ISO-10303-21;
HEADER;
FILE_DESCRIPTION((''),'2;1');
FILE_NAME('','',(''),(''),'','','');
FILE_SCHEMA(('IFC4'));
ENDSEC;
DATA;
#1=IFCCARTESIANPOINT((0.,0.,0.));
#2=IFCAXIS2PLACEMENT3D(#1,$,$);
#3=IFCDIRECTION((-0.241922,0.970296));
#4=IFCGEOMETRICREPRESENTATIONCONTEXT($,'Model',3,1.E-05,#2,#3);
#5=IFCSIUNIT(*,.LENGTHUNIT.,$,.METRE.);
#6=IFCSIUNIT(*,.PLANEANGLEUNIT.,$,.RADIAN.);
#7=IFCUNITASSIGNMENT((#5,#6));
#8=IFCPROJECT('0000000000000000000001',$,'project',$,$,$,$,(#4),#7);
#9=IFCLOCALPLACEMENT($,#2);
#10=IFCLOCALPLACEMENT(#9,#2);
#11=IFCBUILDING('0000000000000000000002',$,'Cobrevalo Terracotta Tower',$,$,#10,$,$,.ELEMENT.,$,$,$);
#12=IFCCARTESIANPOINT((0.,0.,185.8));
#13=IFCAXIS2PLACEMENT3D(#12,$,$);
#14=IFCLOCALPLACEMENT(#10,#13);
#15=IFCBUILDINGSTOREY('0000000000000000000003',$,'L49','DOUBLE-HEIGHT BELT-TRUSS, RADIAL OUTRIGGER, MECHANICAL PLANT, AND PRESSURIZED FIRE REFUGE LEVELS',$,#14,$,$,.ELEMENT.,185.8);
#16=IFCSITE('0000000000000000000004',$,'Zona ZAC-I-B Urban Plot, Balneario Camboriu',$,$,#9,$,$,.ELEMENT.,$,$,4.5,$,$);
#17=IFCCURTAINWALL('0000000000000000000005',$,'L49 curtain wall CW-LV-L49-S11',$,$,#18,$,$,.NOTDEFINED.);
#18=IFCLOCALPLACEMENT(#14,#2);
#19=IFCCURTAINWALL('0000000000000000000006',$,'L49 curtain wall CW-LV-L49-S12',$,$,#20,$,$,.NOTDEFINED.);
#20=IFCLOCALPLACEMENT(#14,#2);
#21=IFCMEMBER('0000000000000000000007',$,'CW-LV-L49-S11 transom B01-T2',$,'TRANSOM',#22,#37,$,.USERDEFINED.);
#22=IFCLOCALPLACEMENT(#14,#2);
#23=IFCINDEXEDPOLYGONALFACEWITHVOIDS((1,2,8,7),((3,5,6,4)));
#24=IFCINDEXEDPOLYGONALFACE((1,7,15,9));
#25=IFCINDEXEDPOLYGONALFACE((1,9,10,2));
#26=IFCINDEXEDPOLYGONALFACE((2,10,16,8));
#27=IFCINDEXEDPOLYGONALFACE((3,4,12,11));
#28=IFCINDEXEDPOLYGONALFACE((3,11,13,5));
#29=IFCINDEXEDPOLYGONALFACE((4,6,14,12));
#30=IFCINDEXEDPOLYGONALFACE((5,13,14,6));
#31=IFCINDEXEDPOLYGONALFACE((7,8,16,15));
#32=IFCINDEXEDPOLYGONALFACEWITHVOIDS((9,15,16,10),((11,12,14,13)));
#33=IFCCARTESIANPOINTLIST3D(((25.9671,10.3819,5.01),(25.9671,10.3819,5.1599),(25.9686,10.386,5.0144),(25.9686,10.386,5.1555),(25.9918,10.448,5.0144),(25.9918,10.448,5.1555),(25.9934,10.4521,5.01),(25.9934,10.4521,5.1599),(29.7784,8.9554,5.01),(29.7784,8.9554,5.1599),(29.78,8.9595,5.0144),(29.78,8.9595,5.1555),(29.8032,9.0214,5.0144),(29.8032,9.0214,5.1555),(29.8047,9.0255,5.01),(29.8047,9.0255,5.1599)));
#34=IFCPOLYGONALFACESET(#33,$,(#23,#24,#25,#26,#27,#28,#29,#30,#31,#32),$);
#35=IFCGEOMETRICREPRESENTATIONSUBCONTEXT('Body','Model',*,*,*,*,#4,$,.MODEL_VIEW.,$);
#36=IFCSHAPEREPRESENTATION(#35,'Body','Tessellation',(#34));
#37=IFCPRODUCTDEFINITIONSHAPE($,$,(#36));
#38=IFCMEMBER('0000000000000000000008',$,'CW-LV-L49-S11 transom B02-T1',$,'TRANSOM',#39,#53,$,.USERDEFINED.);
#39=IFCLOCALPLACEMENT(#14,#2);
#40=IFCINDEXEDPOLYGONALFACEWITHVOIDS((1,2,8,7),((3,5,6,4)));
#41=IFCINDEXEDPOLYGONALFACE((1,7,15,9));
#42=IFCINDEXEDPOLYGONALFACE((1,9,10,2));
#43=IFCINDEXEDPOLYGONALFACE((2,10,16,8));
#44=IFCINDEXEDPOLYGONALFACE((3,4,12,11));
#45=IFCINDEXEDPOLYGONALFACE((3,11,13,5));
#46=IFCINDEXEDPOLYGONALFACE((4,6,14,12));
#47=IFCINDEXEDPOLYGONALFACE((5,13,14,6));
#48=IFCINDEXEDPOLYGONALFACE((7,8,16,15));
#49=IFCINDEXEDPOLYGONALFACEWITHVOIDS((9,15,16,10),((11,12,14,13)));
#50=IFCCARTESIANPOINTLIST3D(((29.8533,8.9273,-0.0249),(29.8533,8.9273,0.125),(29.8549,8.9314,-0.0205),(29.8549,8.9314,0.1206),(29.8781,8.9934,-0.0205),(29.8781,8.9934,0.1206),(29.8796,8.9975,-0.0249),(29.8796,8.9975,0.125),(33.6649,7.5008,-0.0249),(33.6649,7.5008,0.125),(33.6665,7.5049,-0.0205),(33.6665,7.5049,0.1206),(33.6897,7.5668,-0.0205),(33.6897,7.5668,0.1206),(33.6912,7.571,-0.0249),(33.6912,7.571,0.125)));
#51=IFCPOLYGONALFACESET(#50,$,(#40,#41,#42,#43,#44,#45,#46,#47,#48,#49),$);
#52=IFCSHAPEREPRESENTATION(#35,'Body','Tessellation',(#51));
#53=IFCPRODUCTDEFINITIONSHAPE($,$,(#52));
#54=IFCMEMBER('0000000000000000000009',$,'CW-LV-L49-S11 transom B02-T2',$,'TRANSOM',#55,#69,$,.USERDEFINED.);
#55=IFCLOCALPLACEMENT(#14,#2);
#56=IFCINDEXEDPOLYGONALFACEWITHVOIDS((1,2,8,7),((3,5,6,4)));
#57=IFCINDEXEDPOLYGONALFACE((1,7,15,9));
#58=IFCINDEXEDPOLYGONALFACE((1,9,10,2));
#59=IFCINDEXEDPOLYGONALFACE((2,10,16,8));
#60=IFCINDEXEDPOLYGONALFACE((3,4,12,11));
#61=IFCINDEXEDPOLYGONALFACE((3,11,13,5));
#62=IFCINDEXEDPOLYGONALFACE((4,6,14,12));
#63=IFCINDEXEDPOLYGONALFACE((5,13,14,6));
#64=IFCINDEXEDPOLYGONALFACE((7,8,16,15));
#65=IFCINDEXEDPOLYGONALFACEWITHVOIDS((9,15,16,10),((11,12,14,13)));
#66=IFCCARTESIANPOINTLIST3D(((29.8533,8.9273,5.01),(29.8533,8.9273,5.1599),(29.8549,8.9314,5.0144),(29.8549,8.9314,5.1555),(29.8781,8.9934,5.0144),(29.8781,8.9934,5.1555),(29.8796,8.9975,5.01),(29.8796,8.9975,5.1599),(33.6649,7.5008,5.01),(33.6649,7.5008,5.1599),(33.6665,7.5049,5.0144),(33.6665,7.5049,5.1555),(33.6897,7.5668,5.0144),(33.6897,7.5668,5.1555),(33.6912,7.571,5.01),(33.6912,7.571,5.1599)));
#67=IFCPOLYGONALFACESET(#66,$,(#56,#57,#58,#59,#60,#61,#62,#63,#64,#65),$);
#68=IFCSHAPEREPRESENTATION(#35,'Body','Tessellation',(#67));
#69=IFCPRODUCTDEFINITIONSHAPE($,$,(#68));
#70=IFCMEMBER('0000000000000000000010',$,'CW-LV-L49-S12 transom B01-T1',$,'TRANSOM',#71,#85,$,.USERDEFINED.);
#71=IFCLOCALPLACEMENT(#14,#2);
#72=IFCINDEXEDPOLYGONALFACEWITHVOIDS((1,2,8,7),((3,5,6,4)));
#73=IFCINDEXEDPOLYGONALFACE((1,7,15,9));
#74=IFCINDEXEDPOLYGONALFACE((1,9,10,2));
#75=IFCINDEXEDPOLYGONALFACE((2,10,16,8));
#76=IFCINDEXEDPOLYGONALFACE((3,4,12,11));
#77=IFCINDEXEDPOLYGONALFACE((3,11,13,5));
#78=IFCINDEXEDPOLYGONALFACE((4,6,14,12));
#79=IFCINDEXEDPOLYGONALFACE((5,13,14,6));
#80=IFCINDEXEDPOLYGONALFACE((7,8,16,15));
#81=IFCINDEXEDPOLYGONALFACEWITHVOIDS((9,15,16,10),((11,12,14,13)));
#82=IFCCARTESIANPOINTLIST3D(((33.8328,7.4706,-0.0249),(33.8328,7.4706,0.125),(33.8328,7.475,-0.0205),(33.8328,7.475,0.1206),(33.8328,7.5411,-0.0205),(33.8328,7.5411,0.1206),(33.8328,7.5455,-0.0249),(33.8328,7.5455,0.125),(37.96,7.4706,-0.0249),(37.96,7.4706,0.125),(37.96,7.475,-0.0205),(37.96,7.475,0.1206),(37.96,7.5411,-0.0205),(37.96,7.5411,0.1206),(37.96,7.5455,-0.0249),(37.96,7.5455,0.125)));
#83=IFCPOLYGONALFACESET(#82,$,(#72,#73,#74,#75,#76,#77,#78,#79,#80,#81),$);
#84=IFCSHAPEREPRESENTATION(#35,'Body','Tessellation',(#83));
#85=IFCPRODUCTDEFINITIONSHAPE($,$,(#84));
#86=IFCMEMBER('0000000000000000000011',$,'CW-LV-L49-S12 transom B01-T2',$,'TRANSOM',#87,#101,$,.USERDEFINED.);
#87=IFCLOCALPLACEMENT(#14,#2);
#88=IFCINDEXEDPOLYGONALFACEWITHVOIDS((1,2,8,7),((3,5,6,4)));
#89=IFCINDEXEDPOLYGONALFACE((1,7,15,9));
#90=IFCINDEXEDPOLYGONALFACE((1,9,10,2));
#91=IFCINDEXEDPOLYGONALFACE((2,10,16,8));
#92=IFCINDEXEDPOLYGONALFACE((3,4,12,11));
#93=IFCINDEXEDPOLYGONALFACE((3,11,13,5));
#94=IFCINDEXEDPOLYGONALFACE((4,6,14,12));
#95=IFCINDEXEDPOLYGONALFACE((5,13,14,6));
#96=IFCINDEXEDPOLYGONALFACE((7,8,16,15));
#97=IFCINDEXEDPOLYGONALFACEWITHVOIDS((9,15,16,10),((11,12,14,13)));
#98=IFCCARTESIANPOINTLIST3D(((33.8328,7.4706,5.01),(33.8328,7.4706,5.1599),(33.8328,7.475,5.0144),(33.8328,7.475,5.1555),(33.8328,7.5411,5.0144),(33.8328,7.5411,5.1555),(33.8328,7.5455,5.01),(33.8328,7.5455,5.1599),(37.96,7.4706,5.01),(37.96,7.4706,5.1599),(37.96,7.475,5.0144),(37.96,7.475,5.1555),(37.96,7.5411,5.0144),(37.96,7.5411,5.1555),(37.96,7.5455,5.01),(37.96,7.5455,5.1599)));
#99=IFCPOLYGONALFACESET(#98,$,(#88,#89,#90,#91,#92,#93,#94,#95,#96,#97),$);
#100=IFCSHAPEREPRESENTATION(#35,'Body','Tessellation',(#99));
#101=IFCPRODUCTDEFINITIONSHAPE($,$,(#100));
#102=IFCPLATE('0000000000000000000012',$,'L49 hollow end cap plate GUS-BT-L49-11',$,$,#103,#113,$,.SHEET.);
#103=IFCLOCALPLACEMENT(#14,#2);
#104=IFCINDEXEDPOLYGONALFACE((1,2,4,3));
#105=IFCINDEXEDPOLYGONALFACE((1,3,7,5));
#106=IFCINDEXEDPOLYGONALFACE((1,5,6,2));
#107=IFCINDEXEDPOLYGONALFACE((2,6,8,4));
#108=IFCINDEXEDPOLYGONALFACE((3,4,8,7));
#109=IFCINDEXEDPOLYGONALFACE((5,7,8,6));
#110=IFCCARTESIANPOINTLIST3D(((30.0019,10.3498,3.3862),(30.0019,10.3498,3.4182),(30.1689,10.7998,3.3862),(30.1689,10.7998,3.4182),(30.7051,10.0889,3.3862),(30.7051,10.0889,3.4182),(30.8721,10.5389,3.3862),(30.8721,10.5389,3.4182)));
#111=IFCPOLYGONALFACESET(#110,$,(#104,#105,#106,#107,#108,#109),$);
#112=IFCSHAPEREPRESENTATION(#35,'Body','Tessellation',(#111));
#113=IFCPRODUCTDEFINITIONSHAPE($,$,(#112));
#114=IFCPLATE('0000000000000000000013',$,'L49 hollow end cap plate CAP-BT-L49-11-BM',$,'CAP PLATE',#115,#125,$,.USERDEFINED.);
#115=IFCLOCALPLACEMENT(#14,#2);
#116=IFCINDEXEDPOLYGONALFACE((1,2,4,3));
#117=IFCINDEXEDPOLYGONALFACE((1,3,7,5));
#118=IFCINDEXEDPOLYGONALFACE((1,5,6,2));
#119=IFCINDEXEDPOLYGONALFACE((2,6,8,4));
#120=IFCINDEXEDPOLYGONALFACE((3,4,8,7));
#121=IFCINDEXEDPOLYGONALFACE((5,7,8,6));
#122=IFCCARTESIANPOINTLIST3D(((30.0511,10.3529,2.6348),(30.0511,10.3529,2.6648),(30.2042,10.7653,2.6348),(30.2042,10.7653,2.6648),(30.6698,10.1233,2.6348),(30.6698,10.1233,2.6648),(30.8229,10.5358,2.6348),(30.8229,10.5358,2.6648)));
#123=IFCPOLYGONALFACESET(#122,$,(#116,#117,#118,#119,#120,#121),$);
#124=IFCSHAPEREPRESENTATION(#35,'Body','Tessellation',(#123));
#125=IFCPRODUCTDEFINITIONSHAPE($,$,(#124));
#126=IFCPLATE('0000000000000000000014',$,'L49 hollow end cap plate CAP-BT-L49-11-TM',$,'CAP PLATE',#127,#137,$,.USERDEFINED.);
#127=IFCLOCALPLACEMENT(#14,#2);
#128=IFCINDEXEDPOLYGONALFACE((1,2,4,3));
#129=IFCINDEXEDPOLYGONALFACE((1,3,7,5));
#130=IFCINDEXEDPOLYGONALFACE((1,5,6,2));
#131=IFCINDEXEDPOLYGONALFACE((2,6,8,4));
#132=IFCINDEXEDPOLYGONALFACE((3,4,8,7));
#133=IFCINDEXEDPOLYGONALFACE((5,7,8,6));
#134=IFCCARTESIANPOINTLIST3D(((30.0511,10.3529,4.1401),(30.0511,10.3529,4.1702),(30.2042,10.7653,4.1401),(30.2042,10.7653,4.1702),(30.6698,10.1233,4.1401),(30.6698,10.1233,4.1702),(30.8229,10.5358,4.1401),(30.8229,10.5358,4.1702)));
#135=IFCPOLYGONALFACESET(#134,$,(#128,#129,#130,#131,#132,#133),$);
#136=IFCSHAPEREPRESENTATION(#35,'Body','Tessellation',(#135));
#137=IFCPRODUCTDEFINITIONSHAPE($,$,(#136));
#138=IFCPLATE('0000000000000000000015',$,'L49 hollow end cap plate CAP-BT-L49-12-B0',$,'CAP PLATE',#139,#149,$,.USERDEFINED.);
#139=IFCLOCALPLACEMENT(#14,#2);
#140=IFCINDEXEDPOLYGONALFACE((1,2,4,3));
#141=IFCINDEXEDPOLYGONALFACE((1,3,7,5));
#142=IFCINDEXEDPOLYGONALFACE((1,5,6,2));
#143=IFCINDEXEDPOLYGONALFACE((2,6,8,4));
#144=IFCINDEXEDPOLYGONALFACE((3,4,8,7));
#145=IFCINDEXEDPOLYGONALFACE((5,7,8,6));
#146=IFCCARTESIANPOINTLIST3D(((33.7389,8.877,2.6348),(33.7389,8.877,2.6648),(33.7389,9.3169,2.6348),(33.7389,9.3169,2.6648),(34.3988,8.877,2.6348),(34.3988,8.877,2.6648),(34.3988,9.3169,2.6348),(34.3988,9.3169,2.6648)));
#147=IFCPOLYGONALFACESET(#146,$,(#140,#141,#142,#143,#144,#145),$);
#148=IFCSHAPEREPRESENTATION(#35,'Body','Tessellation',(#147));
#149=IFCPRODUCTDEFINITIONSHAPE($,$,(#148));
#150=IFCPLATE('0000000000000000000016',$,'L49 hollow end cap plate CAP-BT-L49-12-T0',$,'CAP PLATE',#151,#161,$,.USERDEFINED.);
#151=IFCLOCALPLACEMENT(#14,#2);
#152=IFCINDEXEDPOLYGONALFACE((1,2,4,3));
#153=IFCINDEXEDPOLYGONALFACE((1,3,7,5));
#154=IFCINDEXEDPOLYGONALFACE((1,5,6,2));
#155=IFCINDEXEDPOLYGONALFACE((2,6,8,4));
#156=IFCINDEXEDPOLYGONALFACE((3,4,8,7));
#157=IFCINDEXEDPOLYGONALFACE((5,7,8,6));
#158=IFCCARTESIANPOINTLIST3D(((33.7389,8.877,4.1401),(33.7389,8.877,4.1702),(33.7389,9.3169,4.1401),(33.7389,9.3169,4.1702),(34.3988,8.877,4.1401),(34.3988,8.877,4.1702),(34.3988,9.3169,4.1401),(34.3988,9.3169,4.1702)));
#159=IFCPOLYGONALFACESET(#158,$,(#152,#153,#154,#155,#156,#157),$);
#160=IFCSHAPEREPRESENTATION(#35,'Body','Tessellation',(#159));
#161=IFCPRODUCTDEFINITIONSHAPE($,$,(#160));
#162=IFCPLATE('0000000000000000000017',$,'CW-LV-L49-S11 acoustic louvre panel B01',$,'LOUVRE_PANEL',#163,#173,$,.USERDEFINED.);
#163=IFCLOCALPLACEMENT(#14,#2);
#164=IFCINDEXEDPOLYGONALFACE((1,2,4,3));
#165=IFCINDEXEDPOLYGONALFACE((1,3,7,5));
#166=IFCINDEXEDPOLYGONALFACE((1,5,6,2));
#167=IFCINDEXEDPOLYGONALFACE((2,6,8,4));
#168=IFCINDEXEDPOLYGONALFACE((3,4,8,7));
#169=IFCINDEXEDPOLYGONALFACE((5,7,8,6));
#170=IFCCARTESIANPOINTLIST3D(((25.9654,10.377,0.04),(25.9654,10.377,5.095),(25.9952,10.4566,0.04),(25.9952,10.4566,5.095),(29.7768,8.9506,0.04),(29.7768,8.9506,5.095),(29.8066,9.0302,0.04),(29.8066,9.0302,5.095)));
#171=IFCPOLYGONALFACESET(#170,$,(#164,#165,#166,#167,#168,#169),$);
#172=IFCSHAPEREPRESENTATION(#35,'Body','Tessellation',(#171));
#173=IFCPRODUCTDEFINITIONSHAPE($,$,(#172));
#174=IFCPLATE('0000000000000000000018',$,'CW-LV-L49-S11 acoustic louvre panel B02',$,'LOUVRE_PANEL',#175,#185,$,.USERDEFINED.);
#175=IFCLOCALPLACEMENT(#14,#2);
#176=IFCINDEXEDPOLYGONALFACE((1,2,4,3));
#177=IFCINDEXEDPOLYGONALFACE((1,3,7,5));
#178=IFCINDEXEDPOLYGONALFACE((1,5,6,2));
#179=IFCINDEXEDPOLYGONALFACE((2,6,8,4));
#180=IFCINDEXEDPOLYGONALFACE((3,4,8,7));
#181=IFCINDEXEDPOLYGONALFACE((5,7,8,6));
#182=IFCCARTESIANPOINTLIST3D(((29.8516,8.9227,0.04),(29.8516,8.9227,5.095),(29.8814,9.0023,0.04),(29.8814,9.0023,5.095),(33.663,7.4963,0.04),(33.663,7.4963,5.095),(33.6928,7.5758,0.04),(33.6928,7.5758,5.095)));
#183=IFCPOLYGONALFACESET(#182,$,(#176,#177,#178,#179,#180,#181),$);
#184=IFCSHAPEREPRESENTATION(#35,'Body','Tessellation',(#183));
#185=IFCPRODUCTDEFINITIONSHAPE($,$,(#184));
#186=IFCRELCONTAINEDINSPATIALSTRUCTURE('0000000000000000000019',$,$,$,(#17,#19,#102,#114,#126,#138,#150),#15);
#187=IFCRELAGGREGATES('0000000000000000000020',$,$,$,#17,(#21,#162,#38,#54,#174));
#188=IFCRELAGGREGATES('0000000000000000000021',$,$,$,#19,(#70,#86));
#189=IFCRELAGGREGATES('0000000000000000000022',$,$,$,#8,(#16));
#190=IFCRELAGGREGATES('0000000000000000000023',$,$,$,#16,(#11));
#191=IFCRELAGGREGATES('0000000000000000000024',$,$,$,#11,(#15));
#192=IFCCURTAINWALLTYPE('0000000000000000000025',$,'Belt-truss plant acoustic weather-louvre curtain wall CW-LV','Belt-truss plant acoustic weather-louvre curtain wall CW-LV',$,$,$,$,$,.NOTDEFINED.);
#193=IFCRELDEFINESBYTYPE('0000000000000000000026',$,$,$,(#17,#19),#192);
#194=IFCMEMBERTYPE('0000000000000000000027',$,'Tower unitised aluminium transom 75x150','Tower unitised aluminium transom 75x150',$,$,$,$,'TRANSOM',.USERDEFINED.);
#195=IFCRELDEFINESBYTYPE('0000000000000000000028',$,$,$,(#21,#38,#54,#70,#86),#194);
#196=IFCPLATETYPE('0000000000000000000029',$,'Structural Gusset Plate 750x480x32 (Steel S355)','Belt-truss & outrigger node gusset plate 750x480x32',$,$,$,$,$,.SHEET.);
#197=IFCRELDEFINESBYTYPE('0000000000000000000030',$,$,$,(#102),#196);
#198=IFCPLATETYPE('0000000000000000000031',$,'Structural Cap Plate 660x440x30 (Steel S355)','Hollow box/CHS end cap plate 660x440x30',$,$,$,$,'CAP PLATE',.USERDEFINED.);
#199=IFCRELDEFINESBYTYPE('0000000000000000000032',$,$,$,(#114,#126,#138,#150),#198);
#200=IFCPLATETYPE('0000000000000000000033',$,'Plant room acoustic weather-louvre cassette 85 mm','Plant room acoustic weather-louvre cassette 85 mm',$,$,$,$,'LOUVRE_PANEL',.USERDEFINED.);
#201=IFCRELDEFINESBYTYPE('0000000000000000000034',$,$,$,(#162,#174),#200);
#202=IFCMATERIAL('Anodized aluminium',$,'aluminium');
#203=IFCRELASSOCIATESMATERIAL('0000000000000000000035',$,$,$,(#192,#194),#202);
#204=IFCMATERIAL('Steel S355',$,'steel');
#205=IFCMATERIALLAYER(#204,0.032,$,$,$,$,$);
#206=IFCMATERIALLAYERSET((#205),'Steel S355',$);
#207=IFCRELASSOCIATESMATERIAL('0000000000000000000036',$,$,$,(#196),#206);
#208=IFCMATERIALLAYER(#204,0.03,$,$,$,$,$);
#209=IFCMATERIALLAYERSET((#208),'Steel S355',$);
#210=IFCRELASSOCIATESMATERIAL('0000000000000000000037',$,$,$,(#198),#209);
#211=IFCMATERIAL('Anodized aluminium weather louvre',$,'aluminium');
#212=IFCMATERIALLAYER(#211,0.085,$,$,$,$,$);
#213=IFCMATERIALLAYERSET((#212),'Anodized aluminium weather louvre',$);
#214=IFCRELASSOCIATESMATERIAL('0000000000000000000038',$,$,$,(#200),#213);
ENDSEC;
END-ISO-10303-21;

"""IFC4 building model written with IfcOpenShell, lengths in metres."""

from ifc_helpers import new_model, si_unit, direction, frame, origin, origin_2d, place, context, subcontext, project, spatial, rectangle, hollow_rectangle, extrude, source, transform, mapped, material, layer, layer_set, material_profile, profile_set, type_object, element, aggregate, save


model = new_model("IFC4")

# Units and contexts
model_context = context("Model", 3, precision=1e-05, world=origin(), true_north=direction((-0.241922, 0.970296)))
body_context = subcontext(model_context, "Body", "Model", "MODEL_VIEW")
ifc_project = project(units=[si_unit("LENGTHUNIT", "METRE"), si_unit("PLANEANGLEUNIT", "RADIAN")], contexts=[model_context])

# Site, building, storey
site_placement = place(None, origin())
site = spatial("IfcSite", under=ifc_project, at=site_placement, Name="Zona ZAC-I-B Urban Plot, Balneario Camboriu", CompositionType="ELEMENT", RefElevation=4.5)
building_placement = place(site_placement, origin())
building = spatial("IfcBuilding", under=site, at=building_placement, Name="Cobrevalo Terracotta Tower", CompositionType="ELEMENT")
storey_placement = place(building_placement, frame((0.0, 0.0, 185.8)))
storey = spatial("IfcBuildingStorey", under=building, at=storey_placement, Name="L49", Description="DOUBLE-HEIGHT BELT-TRUSS, RADIAL OUTRIGGER, MECHANICAL PLANT, AND PRESSURIZED FIRE REFUGE LEVELS", CompositionType="ELEMENT", Elevation=185.8)

# Shared definitions
ifc_material_1 = material(Name="Steel S355", Category="steel")

# Curtain wall
ifc_material_2 = material(Name="Anodized aluminium", Category="aluminium")
curtain_wall_type = type_object("IfcCurtainWallType", Name="Belt-truss plant acoustic weather-louvre curtain wall CW-LV", Description="Belt-truss plant acoustic weather-louvre curtain wall CW-LV", PredefinedType="NOTDEFINED", material=ifc_material_2)
curtain_wall_1_placement = place(storey_placement, origin())
curtain_wall_1 = element("IfcCurtainWall", 1, at=curtain_wall_1_placement, inside=storey, type_object=curtain_wall_type, Name="L49 curtain wall CW-LV-L49-S11", PredefinedType="NOTDEFINED")

# Curtain wall
curtain_wall_2_placement = place(storey_placement, origin())
curtain_wall_2 = element("IfcCurtainWall", 2, at=curtain_wall_2_placement, inside=storey, type_object=curtain_wall_type, Name="L49 curtain wall CW-LV-L49-S12", PredefinedType="NOTDEFINED")

# Members
ifc_material_profile_1 = material_profile(ifc_material_2, hollow_rectangle(XDim=0.075, YDim=0.1499, WallThickness=0.0044, at=origin_2d()), Name="CWT 75x150")
ifc_profile_set_1 = profile_set([ifc_material_profile_1], Name="Anodized aluminium")
member_type_1 = type_object("IfcMemberType", Name="Tower unitised aluminium transom 75x150", Description="Tower unitised aluminium transom 75x150", ElementType="TRANSOM", PredefinedType="USERDEFINED", material=ifc_profile_set_1)
shared_shape_1 = source(origin(), body_context, "Body", "SweptSolid", [
    extrude(hollow_rectangle(XDim=0.075, YDim=0.1499, WallThickness=0.0044, at=origin_2d()), origin(), (0.0, 0.0, 1.0), 4.0696),
])
member_1_placement = place(storey_placement, frame((25.9802, 10.417, 5.085), z_axis=(0.936548, -0.350538, 0.0), x_axis=(0.350538, 0.936548, 0.0)))
member_1 = element("IfcMember", 3, at=member_1_placement, type_object=member_type_1, Name="CW-LV-L49-S11 transom B01-T2", ObjectType="TRANSOM", PredefinedType="USERDEFINED", context=body_context, shape_type="MappedRepresentation", body=[
    mapped(shared_shape_1, transform((0.0, 0.0, 0.0), scale=1.0)),
])
shared_shape_2 = source(origin(), body_context, "Body", "SweptSolid", [
    extrude(hollow_rectangle(XDim=0.075, YDim=0.1499, WallThickness=0.0044, at=origin_2d()), origin(), (0.0, 0.0, 1.0), 4.0698),
])
member_2_placement = place(storey_placement, frame((29.8665, 8.9624, 0.05), z_axis=(0.936556, -0.350519, 0.0), x_axis=(0.350519, 0.936556, 0.0)))
member_2 = element("IfcMember", 4, at=member_2_placement, type_object=member_type_1, Name="CW-LV-L49-S11 transom B02-T1", ObjectType="TRANSOM", PredefinedType="USERDEFINED", context=body_context, shape_type="MappedRepresentation", body=[
    mapped(shared_shape_2, transform((0.0, 0.0, 0.0), scale=1.0)),
])
member_3_placement = place(storey_placement, frame((29.8665, 8.9624, 5.085), z_axis=(0.936556, -0.350519, 0.0), x_axis=(0.350519, 0.936556, 0.0)))
member_3 = element("IfcMember", 5, at=member_3_placement, type_object=member_type_1, Name="CW-LV-L49-S11 transom B02-T2", ObjectType="TRANSOM", PredefinedType="USERDEFINED", context=body_context, shape_type="MappedRepresentation", body=[
    mapped(shared_shape_2, transform((0.0, 0.0, 0.0), scale=1.0)),
])
shared_shape_3 = source(origin(), body_context, "Body", "SweptSolid", [
    extrude(hollow_rectangle(XDim=0.075, YDim=0.1499, WallThickness=0.0044, at=origin_2d()), origin(), (0.0, 0.0, 1.0), 4.1272),
])
member_4_placement = place(storey_placement, frame((33.8328, 7.5081, 0.05), z_axis=(1.0, 0.0, 0.0), x_axis=(0.0, 1.0, 0.0)))
member_4 = element("IfcMember", 6, at=member_4_placement, type_object=member_type_1, Name="CW-LV-L49-S12 transom B01-T1", ObjectType="TRANSOM", PredefinedType="USERDEFINED", context=body_context, shape_type="MappedRepresentation", body=[
    mapped(shared_shape_3, transform((0.0, 0.0, 0.0), scale=1.0)),
])
member_5_placement = place(storey_placement, frame((33.8328, 7.5081, 5.085), z_axis=(1.0, 0.0, 0.0), x_axis=(0.0, 1.0, 0.0)))
member_5 = element("IfcMember", 7, at=member_5_placement, type_object=member_type_1, Name="CW-LV-L49-S12 transom B01-T2", ObjectType="TRANSOM", PredefinedType="USERDEFINED", context=body_context, shape_type="MappedRepresentation", body=[
    mapped(shared_shape_3, transform((0.0, 0.0, 0.0), scale=1.0)),
])

# Plates
ifc_layer_1 = layer(ifc_material_1, 0.032)
ifc_layer_set_1 = layer_set([ifc_layer_1], Name="Steel S355")
plate_type_1 = type_object("IfcPlateType", Name="Structural Gusset Plate 750x480x32 (Steel S355)", Description="Belt-truss & outrigger node gusset plate 750x480x32", PredefinedType="SHEET", material=ifc_layer_set_1)
shared_shape_4 = source(origin(), body_context, "Body", "SweptSolid", [
    extrude(rectangle(XDim=0.75, YDim=0.48, at=origin_2d()), origin(), (0.0, 0.0, 1.0), 0.032),
])
plate_1_placement = place(storey_placement, frame((30.437, 10.4443, 3.3862), z_axis=(0.0, 0.0, 1.0), x_axis=(0.937543, -0.34787, 0.0)))
element("IfcPlate", 8, at=plate_1_placement, inside=storey, type_object=plate_type_1, Name="L49 hollow end cap plate GUS-BT-L49-11", PredefinedType="SHEET", context=body_context, shape_type="MappedRepresentation", body=[
    mapped(shared_shape_4, transform((0.0, 0.0, 0.0), scale=1.0)),
])
ifc_layer_2 = layer(ifc_material_1, 0.03)
ifc_layer_set_2 = layer_set([ifc_layer_2], Name="Steel S355")
plate_type_2 = type_object("IfcPlateType", Name="Structural Cap Plate 660x440x30 (Steel S355)", Description="Hollow box/CHS end cap plate 660x440x30", ElementType="CAP PLATE", PredefinedType="USERDEFINED", material=ifc_layer_set_2)
shared_shape_5 = source(origin(), body_context, "Body", "SweptSolid", [
    extrude(rectangle(XDim=0.6599, YDim=0.4399, at=origin_2d()), origin(), (0.0, 0.0, 1.0), 0.03),
])
for number, where, z_axis, x_axis, name in (
    (9, (30.437, 10.4443, 2.6348), (0.0, 0.0, 1.0), (0.937543, -0.34787, 0.0), "L49 hollow end cap plate CAP-BT-L49-11-BM"),
    (10, (30.437, 10.4443, 4.1401), (0.0, 0.0, 1.0), (0.937543, -0.34787, 0.0), "L49 hollow end cap plate CAP-BT-L49-11-TM"),
    (11, (34.0688, 9.0969, 2.6348), (0.0, 0.0, 1.0), (1.0, 0.0, 0.0), "L49 hollow end cap plate CAP-BT-L49-12-B0"),
    (12, (34.0688, 9.0969, 4.1401), (0.0, 0.0, 1.0), (1.0, 0.0, 0.0), "L49 hollow end cap plate CAP-BT-L49-12-T0"),
):
    element("IfcPlate", number, at=place(storey_placement, frame(where, z_axis=z_axis, x_axis=x_axis)), inside=storey, type_object=plate_type_2, Name=name, ObjectType="CAP PLATE", PredefinedType="USERDEFINED", context=body_context, shape_type="MappedRepresentation", body=[
        mapped(shared_shape_5, transform((0.0, 0.0, 0.0), scale=1.0)),
    ])

# Plates
ifc_material_3 = material(Name="Anodized aluminium weather louvre", Category="aluminium")
ifc_layer_3 = layer(ifc_material_3, 0.085)
ifc_layer_set_3 = layer_set([ifc_layer_3], Name="Anodized aluminium weather louvre")
plate_type_3 = type_object("IfcPlateType", Name="Plant room acoustic weather-louvre cassette 85 mm", Description="Plant room acoustic weather-louvre cassette 85 mm", ElementType="LOUVRE_PANEL", PredefinedType="USERDEFINED", material=ifc_layer_set_3)
shared_shape_6 = source(origin(), body_context, "Body", "SweptSolid", [
    extrude(rectangle(XDim=4.0696, YDim=0.085, at=origin_2d()), origin(), (0.0, 0.0, 1.0), 5.0549),
])
plate_2_placement = place(storey_placement, frame((27.886, 9.7036, 0.04), z_axis=(0.0, 0.0, 1.0), x_axis=(0.936558, -0.350513, 0.0)))
plate_2 = element("IfcPlate", 13, at=plate_2_placement, type_object=plate_type_3, Name="CW-LV-L49-S11 acoustic louvre panel B01", ObjectType="LOUVRE_PANEL", PredefinedType="USERDEFINED", context=body_context, shape_type="MappedRepresentation", body=[
    mapped(shared_shape_6, transform((0.0, 0.0, 0.0), scale=1.0)),
])
plate_3_placement = place(storey_placement, frame((31.7722, 8.2493, 0.04), z_axis=(0.0, 0.0, 1.0), x_axis=(0.936558, -0.350513, 0.0)))
plate_3 = element("IfcPlate", 14, at=plate_3_placement, type_object=plate_type_3, Name="CW-LV-L49-S11 acoustic louvre panel B02", ObjectType="LOUVRE_PANEL", PredefinedType="USERDEFINED", context=body_context, shape_type="MappedRepresentation", body=[
    mapped(shared_shape_6, transform((0.0, 0.0, 0.0), scale=1.0)),
])
aggregate(curtain_wall_1, [member_1, plate_2, member_2, member_3, plate_3])
aggregate(curtain_wall_2, [member_4, member_5])

save(model, "model.ifc")
